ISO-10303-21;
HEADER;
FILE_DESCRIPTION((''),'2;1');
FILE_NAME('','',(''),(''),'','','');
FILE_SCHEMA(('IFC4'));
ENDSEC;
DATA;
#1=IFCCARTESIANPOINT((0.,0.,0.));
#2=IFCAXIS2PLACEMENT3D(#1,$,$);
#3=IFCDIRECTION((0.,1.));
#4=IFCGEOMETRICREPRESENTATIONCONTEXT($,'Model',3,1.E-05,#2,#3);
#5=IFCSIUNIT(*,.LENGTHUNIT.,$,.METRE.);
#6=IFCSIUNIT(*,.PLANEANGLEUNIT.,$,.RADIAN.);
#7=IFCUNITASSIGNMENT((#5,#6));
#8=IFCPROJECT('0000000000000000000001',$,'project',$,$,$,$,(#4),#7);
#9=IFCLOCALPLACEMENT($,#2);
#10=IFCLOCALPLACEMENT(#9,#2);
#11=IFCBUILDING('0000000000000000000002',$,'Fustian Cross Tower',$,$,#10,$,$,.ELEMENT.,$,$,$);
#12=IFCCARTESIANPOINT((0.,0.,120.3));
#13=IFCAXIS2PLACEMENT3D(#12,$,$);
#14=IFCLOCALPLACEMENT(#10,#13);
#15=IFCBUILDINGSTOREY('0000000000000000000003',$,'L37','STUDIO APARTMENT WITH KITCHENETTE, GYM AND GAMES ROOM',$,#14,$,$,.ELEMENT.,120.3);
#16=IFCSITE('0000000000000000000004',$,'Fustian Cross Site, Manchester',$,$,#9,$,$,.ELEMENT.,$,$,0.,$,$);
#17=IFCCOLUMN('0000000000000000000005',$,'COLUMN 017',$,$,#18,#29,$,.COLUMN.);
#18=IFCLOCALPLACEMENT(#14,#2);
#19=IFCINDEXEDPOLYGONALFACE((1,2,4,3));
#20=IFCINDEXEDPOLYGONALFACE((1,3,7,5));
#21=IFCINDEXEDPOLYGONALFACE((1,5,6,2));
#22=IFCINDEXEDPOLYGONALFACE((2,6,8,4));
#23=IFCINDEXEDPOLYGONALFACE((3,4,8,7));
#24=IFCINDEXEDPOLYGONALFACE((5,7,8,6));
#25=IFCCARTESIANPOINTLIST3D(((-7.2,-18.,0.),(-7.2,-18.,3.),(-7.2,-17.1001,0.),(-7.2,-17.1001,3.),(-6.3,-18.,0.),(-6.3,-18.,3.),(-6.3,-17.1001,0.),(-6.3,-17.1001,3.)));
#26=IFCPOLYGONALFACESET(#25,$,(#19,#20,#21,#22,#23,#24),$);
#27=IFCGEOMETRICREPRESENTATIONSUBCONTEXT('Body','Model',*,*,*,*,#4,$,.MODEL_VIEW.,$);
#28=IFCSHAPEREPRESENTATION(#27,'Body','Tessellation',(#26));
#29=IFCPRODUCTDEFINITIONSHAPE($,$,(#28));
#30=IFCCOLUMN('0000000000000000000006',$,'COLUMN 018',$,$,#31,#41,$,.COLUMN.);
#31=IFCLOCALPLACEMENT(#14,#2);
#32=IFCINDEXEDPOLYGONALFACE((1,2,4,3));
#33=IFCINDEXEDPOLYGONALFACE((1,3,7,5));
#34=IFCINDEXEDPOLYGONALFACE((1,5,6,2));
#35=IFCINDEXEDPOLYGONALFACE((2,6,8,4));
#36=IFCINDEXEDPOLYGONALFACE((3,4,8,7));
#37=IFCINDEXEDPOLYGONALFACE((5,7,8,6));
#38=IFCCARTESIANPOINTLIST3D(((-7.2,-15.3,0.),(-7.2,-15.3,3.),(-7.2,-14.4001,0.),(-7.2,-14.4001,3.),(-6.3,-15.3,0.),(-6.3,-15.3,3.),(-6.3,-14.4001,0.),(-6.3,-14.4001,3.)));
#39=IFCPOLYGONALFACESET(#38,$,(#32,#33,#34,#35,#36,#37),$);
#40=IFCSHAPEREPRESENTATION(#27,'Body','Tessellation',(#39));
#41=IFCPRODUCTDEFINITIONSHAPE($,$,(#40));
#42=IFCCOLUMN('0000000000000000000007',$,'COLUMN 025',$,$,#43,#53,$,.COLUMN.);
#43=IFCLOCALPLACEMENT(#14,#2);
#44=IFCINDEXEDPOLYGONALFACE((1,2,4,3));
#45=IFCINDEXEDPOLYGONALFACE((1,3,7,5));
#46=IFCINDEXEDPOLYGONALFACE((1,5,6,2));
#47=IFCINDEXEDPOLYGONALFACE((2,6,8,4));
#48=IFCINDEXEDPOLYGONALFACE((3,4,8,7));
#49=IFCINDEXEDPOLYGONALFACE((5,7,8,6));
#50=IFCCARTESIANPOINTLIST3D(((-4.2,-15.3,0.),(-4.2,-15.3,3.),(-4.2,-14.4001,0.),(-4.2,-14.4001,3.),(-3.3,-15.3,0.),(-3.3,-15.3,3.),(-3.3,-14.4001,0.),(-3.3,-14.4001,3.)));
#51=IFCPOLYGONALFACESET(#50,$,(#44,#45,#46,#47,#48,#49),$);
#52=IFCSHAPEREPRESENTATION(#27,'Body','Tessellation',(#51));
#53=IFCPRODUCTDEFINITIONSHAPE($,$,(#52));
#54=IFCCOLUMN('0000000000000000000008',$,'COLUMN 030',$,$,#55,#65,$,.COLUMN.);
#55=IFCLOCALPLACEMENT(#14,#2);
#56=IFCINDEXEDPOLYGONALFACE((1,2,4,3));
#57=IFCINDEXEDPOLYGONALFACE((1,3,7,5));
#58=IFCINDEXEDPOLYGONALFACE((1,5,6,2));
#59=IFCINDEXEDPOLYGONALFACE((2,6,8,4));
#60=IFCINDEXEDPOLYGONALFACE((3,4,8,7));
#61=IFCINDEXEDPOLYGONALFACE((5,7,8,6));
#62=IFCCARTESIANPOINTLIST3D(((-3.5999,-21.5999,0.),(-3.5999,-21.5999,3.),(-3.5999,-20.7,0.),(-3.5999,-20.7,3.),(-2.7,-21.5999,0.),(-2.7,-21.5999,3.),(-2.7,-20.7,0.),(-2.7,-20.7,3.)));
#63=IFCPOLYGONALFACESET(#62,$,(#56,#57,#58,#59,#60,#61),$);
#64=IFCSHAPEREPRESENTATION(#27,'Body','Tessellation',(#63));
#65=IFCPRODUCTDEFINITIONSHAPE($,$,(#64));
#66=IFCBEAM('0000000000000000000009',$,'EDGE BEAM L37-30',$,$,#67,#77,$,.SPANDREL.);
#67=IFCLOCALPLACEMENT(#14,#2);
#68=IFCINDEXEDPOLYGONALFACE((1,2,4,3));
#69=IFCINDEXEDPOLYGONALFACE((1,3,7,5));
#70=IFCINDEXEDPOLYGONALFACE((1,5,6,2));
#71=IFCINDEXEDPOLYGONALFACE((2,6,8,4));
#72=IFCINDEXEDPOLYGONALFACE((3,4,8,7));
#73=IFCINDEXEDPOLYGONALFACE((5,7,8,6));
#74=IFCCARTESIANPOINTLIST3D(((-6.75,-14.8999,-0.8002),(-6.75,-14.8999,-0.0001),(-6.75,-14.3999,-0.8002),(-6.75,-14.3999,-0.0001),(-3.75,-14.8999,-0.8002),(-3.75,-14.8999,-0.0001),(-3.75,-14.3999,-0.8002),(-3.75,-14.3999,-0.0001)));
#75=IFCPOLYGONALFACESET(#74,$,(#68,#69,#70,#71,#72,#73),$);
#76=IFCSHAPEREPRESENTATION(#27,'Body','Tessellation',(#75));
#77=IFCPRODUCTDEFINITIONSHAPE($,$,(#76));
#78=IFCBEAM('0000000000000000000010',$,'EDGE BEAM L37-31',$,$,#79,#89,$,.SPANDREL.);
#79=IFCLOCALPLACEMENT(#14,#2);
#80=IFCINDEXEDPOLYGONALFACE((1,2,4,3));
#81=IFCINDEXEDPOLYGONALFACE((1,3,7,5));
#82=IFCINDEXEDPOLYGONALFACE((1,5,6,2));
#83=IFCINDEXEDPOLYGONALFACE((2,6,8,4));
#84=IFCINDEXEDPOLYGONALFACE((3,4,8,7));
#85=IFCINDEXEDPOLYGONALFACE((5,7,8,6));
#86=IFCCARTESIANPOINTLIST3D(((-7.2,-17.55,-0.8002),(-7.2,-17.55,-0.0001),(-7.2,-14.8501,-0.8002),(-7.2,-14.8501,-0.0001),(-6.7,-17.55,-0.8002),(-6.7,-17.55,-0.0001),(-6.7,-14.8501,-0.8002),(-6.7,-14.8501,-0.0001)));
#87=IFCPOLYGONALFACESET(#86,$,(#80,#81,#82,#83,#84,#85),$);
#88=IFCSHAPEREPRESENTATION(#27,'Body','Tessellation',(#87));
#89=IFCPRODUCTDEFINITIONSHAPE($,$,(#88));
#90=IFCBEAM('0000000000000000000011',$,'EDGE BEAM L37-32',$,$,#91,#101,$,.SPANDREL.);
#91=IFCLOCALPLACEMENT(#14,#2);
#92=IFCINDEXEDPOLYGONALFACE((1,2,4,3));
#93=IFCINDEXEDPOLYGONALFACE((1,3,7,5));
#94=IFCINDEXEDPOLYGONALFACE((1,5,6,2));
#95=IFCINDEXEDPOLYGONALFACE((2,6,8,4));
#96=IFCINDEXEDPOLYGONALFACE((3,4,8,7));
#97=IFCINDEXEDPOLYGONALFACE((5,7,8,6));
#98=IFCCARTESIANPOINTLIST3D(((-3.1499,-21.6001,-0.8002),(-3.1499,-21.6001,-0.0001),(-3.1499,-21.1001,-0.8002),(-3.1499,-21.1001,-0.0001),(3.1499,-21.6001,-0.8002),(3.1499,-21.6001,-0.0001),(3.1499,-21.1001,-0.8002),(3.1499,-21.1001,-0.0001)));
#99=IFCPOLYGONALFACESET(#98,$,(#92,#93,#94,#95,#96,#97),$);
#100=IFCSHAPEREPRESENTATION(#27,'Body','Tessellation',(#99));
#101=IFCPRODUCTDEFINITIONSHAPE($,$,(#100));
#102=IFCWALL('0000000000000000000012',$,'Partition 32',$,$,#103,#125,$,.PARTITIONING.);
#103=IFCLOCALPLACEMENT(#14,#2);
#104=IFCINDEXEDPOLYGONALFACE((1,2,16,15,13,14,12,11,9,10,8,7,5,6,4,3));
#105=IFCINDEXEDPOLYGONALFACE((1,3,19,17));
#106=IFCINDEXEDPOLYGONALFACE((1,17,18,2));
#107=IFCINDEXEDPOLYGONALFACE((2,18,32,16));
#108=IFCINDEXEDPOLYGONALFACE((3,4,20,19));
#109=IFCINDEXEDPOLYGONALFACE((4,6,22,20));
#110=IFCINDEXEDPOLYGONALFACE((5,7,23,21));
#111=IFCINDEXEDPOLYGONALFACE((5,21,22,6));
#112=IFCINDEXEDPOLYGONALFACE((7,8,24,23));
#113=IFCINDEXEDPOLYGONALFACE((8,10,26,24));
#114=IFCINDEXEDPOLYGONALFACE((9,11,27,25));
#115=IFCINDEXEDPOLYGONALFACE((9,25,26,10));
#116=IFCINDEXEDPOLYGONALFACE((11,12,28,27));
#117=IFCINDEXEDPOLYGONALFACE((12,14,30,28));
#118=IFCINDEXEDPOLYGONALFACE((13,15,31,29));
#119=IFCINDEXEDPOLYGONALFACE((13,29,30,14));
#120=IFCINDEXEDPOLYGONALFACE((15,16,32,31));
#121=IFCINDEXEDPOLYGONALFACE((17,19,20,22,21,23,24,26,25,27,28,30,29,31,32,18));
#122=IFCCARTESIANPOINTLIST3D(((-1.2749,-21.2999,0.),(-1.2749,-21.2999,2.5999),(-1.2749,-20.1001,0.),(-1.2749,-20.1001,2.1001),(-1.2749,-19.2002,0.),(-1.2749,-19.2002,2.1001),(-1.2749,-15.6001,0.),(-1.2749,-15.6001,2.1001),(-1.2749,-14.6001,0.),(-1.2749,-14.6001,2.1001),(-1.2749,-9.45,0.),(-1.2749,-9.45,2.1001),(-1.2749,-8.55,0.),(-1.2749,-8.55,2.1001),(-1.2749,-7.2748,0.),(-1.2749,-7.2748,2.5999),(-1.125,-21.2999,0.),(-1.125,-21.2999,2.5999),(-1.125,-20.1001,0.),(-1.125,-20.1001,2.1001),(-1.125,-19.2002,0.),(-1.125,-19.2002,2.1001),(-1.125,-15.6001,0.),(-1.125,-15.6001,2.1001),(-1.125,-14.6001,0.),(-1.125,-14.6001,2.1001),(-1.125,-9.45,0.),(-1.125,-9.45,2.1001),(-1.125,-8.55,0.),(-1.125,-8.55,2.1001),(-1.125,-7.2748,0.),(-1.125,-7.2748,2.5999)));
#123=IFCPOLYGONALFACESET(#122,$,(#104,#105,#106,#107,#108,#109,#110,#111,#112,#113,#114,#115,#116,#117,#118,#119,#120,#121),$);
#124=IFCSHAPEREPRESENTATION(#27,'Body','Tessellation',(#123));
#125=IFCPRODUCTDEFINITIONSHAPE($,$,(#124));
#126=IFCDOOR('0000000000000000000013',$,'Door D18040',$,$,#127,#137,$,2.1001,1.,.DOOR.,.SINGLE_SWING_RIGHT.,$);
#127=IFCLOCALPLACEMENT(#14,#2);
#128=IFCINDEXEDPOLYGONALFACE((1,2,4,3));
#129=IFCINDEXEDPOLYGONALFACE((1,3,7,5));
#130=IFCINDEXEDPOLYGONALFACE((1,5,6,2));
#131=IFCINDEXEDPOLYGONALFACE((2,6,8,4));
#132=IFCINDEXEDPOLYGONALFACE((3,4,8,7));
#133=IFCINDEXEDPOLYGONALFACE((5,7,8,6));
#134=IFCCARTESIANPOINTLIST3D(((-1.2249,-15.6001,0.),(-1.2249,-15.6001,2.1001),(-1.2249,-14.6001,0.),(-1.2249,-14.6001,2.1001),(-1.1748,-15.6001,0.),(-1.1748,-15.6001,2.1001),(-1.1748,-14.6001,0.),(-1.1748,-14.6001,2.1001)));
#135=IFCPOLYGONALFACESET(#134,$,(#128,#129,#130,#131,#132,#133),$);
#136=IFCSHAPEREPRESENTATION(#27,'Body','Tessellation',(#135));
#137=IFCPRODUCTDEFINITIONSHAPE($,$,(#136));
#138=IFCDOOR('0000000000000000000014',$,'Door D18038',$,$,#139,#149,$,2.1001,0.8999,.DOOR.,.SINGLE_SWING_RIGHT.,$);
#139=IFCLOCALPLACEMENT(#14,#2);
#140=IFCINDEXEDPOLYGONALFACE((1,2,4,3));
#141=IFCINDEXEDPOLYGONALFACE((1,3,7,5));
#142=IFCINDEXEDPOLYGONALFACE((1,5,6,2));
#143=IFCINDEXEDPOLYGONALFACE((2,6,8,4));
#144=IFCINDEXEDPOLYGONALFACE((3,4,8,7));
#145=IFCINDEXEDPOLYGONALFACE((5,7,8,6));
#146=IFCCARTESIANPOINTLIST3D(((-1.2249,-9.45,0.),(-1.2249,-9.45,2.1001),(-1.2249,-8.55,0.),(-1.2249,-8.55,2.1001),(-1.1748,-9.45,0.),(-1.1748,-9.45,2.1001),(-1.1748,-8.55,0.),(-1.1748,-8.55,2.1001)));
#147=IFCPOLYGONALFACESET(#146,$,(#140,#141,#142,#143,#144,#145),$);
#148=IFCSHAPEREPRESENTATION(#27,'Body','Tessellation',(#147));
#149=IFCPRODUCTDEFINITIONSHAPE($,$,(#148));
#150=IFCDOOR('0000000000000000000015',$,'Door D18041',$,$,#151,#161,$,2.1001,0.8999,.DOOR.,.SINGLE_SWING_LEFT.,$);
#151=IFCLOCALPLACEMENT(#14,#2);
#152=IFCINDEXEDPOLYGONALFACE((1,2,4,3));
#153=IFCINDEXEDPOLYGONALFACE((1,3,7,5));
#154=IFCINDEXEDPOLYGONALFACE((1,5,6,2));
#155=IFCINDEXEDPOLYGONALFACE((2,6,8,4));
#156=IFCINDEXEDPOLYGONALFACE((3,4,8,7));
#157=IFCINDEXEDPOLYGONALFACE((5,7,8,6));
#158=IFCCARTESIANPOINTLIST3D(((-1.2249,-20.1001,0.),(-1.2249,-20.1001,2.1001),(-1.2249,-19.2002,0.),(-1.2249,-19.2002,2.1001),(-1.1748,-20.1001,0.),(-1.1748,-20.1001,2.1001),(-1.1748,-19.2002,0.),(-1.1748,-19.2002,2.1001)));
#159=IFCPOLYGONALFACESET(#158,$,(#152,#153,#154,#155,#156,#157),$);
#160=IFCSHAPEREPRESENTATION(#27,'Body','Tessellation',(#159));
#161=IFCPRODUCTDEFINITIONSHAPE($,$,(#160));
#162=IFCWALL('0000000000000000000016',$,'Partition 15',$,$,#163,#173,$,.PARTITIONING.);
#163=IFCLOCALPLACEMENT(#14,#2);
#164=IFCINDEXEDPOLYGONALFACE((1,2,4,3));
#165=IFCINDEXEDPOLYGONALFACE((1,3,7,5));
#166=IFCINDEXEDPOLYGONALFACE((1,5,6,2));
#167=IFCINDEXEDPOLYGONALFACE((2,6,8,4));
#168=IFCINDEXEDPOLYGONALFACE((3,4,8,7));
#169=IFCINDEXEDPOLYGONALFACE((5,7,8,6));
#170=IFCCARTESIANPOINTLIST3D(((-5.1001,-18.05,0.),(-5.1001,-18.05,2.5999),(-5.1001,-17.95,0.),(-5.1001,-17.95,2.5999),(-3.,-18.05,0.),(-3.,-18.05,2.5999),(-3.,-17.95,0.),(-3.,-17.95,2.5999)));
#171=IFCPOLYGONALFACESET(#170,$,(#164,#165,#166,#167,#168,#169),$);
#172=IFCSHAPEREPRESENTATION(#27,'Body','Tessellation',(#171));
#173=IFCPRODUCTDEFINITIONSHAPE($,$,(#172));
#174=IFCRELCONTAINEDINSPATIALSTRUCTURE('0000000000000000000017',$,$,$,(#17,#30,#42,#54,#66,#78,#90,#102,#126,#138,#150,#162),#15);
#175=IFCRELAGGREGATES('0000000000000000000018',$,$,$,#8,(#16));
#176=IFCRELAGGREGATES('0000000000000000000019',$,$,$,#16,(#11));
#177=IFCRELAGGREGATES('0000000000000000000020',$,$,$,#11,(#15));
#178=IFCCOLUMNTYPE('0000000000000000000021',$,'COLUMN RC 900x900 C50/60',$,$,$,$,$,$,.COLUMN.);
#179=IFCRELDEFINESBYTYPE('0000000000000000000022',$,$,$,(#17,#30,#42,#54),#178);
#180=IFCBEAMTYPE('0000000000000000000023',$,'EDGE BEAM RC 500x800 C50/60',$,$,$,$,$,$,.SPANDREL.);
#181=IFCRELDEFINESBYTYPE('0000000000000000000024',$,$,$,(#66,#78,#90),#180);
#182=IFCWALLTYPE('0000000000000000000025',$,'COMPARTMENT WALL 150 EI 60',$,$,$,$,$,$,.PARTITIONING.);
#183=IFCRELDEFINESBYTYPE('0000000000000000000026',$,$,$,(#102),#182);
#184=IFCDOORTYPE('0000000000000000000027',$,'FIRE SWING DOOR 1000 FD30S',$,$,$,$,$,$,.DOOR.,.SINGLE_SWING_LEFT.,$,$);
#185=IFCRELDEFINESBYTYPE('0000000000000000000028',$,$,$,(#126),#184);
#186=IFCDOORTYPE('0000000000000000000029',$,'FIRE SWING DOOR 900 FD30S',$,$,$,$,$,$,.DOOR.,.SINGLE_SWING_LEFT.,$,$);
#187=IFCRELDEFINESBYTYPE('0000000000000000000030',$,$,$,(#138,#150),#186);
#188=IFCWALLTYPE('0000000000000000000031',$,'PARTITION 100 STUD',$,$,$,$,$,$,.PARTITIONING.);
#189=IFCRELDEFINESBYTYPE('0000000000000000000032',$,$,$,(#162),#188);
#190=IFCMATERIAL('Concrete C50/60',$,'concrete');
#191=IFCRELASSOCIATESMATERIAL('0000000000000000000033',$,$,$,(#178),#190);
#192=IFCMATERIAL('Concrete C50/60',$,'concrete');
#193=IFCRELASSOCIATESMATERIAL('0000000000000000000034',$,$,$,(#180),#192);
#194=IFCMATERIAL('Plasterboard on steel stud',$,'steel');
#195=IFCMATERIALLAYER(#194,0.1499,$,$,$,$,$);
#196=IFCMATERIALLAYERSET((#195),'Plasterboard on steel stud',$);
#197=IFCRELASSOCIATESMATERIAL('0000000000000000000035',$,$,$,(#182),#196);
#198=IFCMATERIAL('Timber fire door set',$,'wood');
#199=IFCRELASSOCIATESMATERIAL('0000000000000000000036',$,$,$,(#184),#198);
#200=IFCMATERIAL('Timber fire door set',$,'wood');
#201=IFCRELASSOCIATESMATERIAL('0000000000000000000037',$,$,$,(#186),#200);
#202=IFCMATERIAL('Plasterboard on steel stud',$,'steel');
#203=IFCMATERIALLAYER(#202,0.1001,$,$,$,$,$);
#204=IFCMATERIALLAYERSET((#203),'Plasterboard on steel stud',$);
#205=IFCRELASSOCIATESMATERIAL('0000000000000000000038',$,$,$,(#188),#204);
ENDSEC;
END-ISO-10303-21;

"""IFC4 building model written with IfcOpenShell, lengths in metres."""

from ifc_helpers import new_model, si_unit, direction, frame, frame_2d, origin, origin_2d, place, context, subcontext, project, spatial, rectangle, extrude, material, layer, layer_set, material_profile, profile_set, type_object, element, fill, save


model = new_model("IFC4")

# Units and contexts
model_context = context("Model", 3, precision=1e-05, world=origin(), true_north=direction((0.0, 1.0)))
body_context = subcontext(model_context, "Body", "Model", "MODEL_VIEW")
ifc_project = project(units=[si_unit("LENGTHUNIT", "METRE"), si_unit("PLANEANGLEUNIT", "RADIAN")], contexts=[model_context])

# Site, building, storey
site_placement = place(None, origin())
site = spatial("IfcSite", under=ifc_project, at=site_placement, Name="Fustian Cross Site, Manchester", CompositionType="ELEMENT", RefElevation=0.0)
building_placement = place(site_placement, origin())
building = spatial("IfcBuilding", under=site, at=building_placement, Name="Fustian Cross Tower", CompositionType="ELEMENT")
storey_placement = place(building_placement, frame((0.0, 0.0, 120.3)))
storey = spatial("IfcBuildingStorey", under=building, at=storey_placement, Name="L37", Description="STUDIO APARTMENT WITH KITCHENETTE, GYM AND GAMES ROOM", CompositionType="ELEMENT", Elevation=120.3)

# Columns
ifc_material_1 = material(Name="Concrete C50/60", Category="concrete")
ifc_material_profile_1 = material_profile(ifc_material_1, rectangle(XDim=0.8999, YDim=0.8999, at=origin_2d()), Name="RC 900x900")
ifc_profile_set_1 = profile_set([ifc_material_profile_1], Name="Concrete C50/60")
column_type = type_object("IfcColumnType", Name="COLUMN RC 900x900 C50/60", PredefinedType="COLUMN", material=ifc_profile_set_1)
for number, where, z_axis, x_axis, name in (
    (1, (-6.75, -17.55, 0.0), (0.0, 0.0, 1.0), (1.0, 0.0, 0.0), "COLUMN 017"),
    (2, (-6.75, -14.8501, 0.0), (0.0, 0.0, 1.0), (1.0, 0.0, 0.0), "COLUMN 018"),
    (3, (-3.75, -14.8501, 0.0), (0.0, 0.0, 1.0), (1.0, 0.0, 0.0), "COLUMN 025"),
    (4, (-3.1499, -21.1499, 0.0), (0.0, 0.0, 1.0), (1.0, 0.0, 0.0), "COLUMN 030"),
):
    element("IfcColumn", number, at=place(storey_placement, frame(where, z_axis=z_axis, x_axis=x_axis)), inside=storey, type_object=column_type, Name=name, PredefinedType="COLUMN", context=body_context, shape_type="SweptSolid", body=[
        extrude(rectangle(XDim=0.8999, YDim=0.8999, at=origin_2d()), origin(), (0.0, 0.0, 1.0), 3.0),
    ])

# Beams
ifc_material_2 = material(Name="Concrete C50/60", Category="concrete")
ifc_material_profile_2 = material_profile(ifc_material_2, rectangle(XDim=0.5, YDim=0.8, at=origin_2d()), Name="RC 500x800")
ifc_profile_set_2 = profile_set([ifc_material_profile_2], Name="Concrete C50/60")
beam_type = type_object("IfcBeamType", Name="EDGE BEAM RC 500x800 C50/60", PredefinedType="SPANDREL", material=ifc_profile_set_2)
beam_1_placement = place(storey_placement, frame((-3.75, -14.6499, -0.4001), z_axis=(-1.0, 0.0, 0.0), x_axis=(0.0, -1.0, 0.0)))
element("IfcBeam", 5, at=beam_1_placement, inside=storey, type_object=beam_type, Name="EDGE BEAM L37-30", PredefinedType="SPANDREL", context=body_context, shape_type="SweptSolid", body=[
    extrude(rectangle(XDim=0.5, YDim=0.8, at=origin_2d()), origin(), (0.0, 0.0, 1.0), 3.0),
])
beam_2_placement = place(storey_placement, frame((-6.95, -14.8501, -0.4001), z_axis=(0.0, -1.0, 0.0), x_axis=(1.0, 0.0, 0.0)))
element("IfcBeam", 6, at=beam_2_placement, inside=storey, type_object=beam_type, Name="EDGE BEAM L37-31", PredefinedType="SPANDREL", context=body_context, shape_type="SweptSolid", body=[
    extrude(rectangle(XDim=0.5, YDim=0.8, at=origin_2d()), origin(), (0.0, 0.0, 1.0), 2.7),
])
beam_3_placement = place(storey_placement, frame((-3.1499, -21.3501, -0.4001), z_axis=(1.0, 0.0, 0.0), x_axis=(0.0, 1.0, 0.0)))
element("IfcBeam", 7, at=beam_3_placement, inside=storey, type_object=beam_type, Name="EDGE BEAM L37-32", PredefinedType="SPANDREL", context=body_context, shape_type="SweptSolid", body=[
    extrude(rectangle(XDim=0.5, YDim=0.8, at=origin_2d()), origin(), (0.0, 0.0, 1.0), 6.2998),
])

# Wall, openings, doors
ifc_material_3 = material(Name="Plasterboard on steel stud", Category="steel")
ifc_layer_1 = layer(ifc_material_3, 0.1499)
ifc_layer_set_1 = layer_set([ifc_layer_1], Name="Plasterboard on steel stud")
wall_type_1 = type_object("IfcWallType", Name="COMPARTMENT WALL 150 EI 60", PredefinedType="PARTITIONING", material=ifc_layer_set_1)
wall_1_placement = place(storey_placement, frame((-1.2, -21.3, 0.0), z_axis=(0.0, 0.0, 1.0), x_axis=(0.0, 1.0, 0.0)))
wall_1 = element("IfcWall", 8, at=wall_1_placement, inside=storey, type_object=wall_type_1, Name="Partition 32", PredefinedType="PARTITIONING", context=body_context, shape_type="SweptSolid", body=[
    extrude(rectangle(XDim=14.0251, YDim=0.1499, at=frame_2d((7.0127, 0.0))), origin(), (0.0, 0.0, 1.0), 2.5999),
])
opening_1_placement = place(wall_1_placement, frame((11.8501, 0.0, 0.0)))
opening_1 = element("IfcOpeningElement", 9, at=opening_1_placement, cuts=wall_1, PredefinedType="OPENING", context=body_context, shape_type="SweptSolid", body=[
    extrude(rectangle(XDim=0.8999, YDim=2.1001, at=frame_2d((0.45, 1.05))), frame((0.0, 0.085, 0.0), z_axis=(0.0, -1.0, 0.0), x_axis=(1.0, 0.0, 0.0)), (0.0, 0.0, 1.0), 0.1699),
])
opening_2_placement = place(wall_1_placement, frame((5.7, 0.0, 0.0)))
opening_2 = element("IfcOpeningElement", 10, at=opening_2_placement, cuts=wall_1, PredefinedType="OPENING", context=body_context, shape_type="SweptSolid", body=[
    extrude(rectangle(XDim=1.0, YDim=2.1001, at=frame_2d((0.5, 1.05))), frame((0.0, 0.085, 0.0), z_axis=(0.0, -1.0, 0.0), x_axis=(1.0, 0.0, 0.0)), (0.0, 0.0, 1.0), 0.1699),
])
opening_3_placement = place(wall_1_placement, frame((1.2, 0.0, 0.0)))
opening_3 = element("IfcOpeningElement", 11, at=opening_3_placement, cuts=wall_1, PredefinedType="OPENING", context=body_context, shape_type="SweptSolid", body=[
    extrude(rectangle(XDim=0.8999, YDim=2.1001, at=frame_2d((0.45, 1.05))), frame((0.0, 0.085, 0.0), z_axis=(0.0, -1.0, 0.0), x_axis=(1.0, 0.0, 0.0)), (0.0, 0.0, 1.0), 0.1699),
])
ifc_material_4 = material(Name="Timber fire door set", Category="wood")
door_type_1 = type_object("IfcDoorType", Name="FIRE SWING DOOR 1000 FD30S", OperationType="SINGLE_SWING_LEFT", PredefinedType="DOOR", material=ifc_material_4)
door_1_placement = place(opening_2_placement, origin())
door_1 = element("IfcDoor", 12, at=door_1_placement, inside=storey, type_object=door_type_1, Name="Door D18040", OperationType="SINGLE_SWING_RIGHT", OverallHeight=2.1001, OverallWidth=1.0, PredefinedType="DOOR", context=body_context, shape_type="SweptSolid", body=[
    extrude(rectangle(XDim=1.0, YDim=2.1001, at=frame_2d((0.5, 1.05))), frame((0.0, 0.0249, 0.0), z_axis=(0.0, -1.0, 0.0), x_axis=(1.0, 0.0, 0.0)), (0.0, 0.0, 1.0), 0.05),
])
fill(opening_2, door_1)
ifc_material_5 = material(Name="Timber fire door set", Category="wood")
door_type_2 = type_object("IfcDoorType", Name="FIRE SWING DOOR 900 FD30S", OperationType="SINGLE_SWING_LEFT", PredefinedType="DOOR", material=ifc_material_5)
door_2_placement = place(opening_1_placement, origin())
door_2 = element("IfcDoor", 13, at=door_2_placement, inside=storey, type_object=door_type_2, Name="Door D18038", OperationType="SINGLE_SWING_RIGHT", OverallHeight=2.1001, OverallWidth=0.8999, PredefinedType="DOOR", context=body_context, shape_type="SweptSolid", body=[
    extrude(rectangle(XDim=0.8999, YDim=2.1001, at=frame_2d((0.45, 1.05))), frame((0.0, 0.0249, 0.0), z_axis=(0.0, -1.0, 0.0), x_axis=(1.0, 0.0, 0.0)), (0.0, 0.0, 1.0), 0.05),
])
fill(opening_1, door_2)
door_3_placement = place(opening_3_placement, origin())
door_3 = element("IfcDoor", 14, at=door_3_placement, inside=storey, type_object=door_type_2, Name="Door D18041", OperationType="SINGLE_SWING_LEFT", OverallHeight=2.1001, OverallWidth=0.8999, PredefinedType="DOOR", context=body_context, shape_type="SweptSolid", body=[
    extrude(rectangle(XDim=0.8999, YDim=2.1001, at=frame_2d((0.45, 1.05))), frame((0.0, 0.0249, 0.0), z_axis=(0.0, -1.0, 0.0), x_axis=(1.0, 0.0, 0.0)), (0.0, 0.0, 1.0), 0.05),
])
fill(opening_3, door_3)

# Wall
ifc_material_6 = material(Name="Plasterboard on steel stud", Category="steel")
ifc_layer_2 = layer(ifc_material_6, 0.1001)
ifc_layer_set_2 = layer_set([ifc_layer_2], Name="Plasterboard on steel stud")
wall_type_2 = type_object("IfcWallType", Name="PARTITION 100 STUD", PredefinedType="PARTITIONING", material=ifc_layer_set_2)
wall_2_placement = place(storey_placement, frame((-5.1001, -18.0, 0.0), z_axis=(0.0, 0.0, 1.0), x_axis=(1.0, 0.0, 0.0)))
element("IfcWall", 15, at=wall_2_placement, inside=storey, type_object=wall_type_2, Name="Partition 15", PredefinedType="PARTITIONING", context=body_context, shape_type="SweptSolid", body=[
    extrude(rectangle(XDim=2.1001, YDim=0.1001, at=frame_2d((1.05, 0.0))), origin(), (0.0, 0.0, 1.0), 2.5999),
])

save(model, "model.ifc")
